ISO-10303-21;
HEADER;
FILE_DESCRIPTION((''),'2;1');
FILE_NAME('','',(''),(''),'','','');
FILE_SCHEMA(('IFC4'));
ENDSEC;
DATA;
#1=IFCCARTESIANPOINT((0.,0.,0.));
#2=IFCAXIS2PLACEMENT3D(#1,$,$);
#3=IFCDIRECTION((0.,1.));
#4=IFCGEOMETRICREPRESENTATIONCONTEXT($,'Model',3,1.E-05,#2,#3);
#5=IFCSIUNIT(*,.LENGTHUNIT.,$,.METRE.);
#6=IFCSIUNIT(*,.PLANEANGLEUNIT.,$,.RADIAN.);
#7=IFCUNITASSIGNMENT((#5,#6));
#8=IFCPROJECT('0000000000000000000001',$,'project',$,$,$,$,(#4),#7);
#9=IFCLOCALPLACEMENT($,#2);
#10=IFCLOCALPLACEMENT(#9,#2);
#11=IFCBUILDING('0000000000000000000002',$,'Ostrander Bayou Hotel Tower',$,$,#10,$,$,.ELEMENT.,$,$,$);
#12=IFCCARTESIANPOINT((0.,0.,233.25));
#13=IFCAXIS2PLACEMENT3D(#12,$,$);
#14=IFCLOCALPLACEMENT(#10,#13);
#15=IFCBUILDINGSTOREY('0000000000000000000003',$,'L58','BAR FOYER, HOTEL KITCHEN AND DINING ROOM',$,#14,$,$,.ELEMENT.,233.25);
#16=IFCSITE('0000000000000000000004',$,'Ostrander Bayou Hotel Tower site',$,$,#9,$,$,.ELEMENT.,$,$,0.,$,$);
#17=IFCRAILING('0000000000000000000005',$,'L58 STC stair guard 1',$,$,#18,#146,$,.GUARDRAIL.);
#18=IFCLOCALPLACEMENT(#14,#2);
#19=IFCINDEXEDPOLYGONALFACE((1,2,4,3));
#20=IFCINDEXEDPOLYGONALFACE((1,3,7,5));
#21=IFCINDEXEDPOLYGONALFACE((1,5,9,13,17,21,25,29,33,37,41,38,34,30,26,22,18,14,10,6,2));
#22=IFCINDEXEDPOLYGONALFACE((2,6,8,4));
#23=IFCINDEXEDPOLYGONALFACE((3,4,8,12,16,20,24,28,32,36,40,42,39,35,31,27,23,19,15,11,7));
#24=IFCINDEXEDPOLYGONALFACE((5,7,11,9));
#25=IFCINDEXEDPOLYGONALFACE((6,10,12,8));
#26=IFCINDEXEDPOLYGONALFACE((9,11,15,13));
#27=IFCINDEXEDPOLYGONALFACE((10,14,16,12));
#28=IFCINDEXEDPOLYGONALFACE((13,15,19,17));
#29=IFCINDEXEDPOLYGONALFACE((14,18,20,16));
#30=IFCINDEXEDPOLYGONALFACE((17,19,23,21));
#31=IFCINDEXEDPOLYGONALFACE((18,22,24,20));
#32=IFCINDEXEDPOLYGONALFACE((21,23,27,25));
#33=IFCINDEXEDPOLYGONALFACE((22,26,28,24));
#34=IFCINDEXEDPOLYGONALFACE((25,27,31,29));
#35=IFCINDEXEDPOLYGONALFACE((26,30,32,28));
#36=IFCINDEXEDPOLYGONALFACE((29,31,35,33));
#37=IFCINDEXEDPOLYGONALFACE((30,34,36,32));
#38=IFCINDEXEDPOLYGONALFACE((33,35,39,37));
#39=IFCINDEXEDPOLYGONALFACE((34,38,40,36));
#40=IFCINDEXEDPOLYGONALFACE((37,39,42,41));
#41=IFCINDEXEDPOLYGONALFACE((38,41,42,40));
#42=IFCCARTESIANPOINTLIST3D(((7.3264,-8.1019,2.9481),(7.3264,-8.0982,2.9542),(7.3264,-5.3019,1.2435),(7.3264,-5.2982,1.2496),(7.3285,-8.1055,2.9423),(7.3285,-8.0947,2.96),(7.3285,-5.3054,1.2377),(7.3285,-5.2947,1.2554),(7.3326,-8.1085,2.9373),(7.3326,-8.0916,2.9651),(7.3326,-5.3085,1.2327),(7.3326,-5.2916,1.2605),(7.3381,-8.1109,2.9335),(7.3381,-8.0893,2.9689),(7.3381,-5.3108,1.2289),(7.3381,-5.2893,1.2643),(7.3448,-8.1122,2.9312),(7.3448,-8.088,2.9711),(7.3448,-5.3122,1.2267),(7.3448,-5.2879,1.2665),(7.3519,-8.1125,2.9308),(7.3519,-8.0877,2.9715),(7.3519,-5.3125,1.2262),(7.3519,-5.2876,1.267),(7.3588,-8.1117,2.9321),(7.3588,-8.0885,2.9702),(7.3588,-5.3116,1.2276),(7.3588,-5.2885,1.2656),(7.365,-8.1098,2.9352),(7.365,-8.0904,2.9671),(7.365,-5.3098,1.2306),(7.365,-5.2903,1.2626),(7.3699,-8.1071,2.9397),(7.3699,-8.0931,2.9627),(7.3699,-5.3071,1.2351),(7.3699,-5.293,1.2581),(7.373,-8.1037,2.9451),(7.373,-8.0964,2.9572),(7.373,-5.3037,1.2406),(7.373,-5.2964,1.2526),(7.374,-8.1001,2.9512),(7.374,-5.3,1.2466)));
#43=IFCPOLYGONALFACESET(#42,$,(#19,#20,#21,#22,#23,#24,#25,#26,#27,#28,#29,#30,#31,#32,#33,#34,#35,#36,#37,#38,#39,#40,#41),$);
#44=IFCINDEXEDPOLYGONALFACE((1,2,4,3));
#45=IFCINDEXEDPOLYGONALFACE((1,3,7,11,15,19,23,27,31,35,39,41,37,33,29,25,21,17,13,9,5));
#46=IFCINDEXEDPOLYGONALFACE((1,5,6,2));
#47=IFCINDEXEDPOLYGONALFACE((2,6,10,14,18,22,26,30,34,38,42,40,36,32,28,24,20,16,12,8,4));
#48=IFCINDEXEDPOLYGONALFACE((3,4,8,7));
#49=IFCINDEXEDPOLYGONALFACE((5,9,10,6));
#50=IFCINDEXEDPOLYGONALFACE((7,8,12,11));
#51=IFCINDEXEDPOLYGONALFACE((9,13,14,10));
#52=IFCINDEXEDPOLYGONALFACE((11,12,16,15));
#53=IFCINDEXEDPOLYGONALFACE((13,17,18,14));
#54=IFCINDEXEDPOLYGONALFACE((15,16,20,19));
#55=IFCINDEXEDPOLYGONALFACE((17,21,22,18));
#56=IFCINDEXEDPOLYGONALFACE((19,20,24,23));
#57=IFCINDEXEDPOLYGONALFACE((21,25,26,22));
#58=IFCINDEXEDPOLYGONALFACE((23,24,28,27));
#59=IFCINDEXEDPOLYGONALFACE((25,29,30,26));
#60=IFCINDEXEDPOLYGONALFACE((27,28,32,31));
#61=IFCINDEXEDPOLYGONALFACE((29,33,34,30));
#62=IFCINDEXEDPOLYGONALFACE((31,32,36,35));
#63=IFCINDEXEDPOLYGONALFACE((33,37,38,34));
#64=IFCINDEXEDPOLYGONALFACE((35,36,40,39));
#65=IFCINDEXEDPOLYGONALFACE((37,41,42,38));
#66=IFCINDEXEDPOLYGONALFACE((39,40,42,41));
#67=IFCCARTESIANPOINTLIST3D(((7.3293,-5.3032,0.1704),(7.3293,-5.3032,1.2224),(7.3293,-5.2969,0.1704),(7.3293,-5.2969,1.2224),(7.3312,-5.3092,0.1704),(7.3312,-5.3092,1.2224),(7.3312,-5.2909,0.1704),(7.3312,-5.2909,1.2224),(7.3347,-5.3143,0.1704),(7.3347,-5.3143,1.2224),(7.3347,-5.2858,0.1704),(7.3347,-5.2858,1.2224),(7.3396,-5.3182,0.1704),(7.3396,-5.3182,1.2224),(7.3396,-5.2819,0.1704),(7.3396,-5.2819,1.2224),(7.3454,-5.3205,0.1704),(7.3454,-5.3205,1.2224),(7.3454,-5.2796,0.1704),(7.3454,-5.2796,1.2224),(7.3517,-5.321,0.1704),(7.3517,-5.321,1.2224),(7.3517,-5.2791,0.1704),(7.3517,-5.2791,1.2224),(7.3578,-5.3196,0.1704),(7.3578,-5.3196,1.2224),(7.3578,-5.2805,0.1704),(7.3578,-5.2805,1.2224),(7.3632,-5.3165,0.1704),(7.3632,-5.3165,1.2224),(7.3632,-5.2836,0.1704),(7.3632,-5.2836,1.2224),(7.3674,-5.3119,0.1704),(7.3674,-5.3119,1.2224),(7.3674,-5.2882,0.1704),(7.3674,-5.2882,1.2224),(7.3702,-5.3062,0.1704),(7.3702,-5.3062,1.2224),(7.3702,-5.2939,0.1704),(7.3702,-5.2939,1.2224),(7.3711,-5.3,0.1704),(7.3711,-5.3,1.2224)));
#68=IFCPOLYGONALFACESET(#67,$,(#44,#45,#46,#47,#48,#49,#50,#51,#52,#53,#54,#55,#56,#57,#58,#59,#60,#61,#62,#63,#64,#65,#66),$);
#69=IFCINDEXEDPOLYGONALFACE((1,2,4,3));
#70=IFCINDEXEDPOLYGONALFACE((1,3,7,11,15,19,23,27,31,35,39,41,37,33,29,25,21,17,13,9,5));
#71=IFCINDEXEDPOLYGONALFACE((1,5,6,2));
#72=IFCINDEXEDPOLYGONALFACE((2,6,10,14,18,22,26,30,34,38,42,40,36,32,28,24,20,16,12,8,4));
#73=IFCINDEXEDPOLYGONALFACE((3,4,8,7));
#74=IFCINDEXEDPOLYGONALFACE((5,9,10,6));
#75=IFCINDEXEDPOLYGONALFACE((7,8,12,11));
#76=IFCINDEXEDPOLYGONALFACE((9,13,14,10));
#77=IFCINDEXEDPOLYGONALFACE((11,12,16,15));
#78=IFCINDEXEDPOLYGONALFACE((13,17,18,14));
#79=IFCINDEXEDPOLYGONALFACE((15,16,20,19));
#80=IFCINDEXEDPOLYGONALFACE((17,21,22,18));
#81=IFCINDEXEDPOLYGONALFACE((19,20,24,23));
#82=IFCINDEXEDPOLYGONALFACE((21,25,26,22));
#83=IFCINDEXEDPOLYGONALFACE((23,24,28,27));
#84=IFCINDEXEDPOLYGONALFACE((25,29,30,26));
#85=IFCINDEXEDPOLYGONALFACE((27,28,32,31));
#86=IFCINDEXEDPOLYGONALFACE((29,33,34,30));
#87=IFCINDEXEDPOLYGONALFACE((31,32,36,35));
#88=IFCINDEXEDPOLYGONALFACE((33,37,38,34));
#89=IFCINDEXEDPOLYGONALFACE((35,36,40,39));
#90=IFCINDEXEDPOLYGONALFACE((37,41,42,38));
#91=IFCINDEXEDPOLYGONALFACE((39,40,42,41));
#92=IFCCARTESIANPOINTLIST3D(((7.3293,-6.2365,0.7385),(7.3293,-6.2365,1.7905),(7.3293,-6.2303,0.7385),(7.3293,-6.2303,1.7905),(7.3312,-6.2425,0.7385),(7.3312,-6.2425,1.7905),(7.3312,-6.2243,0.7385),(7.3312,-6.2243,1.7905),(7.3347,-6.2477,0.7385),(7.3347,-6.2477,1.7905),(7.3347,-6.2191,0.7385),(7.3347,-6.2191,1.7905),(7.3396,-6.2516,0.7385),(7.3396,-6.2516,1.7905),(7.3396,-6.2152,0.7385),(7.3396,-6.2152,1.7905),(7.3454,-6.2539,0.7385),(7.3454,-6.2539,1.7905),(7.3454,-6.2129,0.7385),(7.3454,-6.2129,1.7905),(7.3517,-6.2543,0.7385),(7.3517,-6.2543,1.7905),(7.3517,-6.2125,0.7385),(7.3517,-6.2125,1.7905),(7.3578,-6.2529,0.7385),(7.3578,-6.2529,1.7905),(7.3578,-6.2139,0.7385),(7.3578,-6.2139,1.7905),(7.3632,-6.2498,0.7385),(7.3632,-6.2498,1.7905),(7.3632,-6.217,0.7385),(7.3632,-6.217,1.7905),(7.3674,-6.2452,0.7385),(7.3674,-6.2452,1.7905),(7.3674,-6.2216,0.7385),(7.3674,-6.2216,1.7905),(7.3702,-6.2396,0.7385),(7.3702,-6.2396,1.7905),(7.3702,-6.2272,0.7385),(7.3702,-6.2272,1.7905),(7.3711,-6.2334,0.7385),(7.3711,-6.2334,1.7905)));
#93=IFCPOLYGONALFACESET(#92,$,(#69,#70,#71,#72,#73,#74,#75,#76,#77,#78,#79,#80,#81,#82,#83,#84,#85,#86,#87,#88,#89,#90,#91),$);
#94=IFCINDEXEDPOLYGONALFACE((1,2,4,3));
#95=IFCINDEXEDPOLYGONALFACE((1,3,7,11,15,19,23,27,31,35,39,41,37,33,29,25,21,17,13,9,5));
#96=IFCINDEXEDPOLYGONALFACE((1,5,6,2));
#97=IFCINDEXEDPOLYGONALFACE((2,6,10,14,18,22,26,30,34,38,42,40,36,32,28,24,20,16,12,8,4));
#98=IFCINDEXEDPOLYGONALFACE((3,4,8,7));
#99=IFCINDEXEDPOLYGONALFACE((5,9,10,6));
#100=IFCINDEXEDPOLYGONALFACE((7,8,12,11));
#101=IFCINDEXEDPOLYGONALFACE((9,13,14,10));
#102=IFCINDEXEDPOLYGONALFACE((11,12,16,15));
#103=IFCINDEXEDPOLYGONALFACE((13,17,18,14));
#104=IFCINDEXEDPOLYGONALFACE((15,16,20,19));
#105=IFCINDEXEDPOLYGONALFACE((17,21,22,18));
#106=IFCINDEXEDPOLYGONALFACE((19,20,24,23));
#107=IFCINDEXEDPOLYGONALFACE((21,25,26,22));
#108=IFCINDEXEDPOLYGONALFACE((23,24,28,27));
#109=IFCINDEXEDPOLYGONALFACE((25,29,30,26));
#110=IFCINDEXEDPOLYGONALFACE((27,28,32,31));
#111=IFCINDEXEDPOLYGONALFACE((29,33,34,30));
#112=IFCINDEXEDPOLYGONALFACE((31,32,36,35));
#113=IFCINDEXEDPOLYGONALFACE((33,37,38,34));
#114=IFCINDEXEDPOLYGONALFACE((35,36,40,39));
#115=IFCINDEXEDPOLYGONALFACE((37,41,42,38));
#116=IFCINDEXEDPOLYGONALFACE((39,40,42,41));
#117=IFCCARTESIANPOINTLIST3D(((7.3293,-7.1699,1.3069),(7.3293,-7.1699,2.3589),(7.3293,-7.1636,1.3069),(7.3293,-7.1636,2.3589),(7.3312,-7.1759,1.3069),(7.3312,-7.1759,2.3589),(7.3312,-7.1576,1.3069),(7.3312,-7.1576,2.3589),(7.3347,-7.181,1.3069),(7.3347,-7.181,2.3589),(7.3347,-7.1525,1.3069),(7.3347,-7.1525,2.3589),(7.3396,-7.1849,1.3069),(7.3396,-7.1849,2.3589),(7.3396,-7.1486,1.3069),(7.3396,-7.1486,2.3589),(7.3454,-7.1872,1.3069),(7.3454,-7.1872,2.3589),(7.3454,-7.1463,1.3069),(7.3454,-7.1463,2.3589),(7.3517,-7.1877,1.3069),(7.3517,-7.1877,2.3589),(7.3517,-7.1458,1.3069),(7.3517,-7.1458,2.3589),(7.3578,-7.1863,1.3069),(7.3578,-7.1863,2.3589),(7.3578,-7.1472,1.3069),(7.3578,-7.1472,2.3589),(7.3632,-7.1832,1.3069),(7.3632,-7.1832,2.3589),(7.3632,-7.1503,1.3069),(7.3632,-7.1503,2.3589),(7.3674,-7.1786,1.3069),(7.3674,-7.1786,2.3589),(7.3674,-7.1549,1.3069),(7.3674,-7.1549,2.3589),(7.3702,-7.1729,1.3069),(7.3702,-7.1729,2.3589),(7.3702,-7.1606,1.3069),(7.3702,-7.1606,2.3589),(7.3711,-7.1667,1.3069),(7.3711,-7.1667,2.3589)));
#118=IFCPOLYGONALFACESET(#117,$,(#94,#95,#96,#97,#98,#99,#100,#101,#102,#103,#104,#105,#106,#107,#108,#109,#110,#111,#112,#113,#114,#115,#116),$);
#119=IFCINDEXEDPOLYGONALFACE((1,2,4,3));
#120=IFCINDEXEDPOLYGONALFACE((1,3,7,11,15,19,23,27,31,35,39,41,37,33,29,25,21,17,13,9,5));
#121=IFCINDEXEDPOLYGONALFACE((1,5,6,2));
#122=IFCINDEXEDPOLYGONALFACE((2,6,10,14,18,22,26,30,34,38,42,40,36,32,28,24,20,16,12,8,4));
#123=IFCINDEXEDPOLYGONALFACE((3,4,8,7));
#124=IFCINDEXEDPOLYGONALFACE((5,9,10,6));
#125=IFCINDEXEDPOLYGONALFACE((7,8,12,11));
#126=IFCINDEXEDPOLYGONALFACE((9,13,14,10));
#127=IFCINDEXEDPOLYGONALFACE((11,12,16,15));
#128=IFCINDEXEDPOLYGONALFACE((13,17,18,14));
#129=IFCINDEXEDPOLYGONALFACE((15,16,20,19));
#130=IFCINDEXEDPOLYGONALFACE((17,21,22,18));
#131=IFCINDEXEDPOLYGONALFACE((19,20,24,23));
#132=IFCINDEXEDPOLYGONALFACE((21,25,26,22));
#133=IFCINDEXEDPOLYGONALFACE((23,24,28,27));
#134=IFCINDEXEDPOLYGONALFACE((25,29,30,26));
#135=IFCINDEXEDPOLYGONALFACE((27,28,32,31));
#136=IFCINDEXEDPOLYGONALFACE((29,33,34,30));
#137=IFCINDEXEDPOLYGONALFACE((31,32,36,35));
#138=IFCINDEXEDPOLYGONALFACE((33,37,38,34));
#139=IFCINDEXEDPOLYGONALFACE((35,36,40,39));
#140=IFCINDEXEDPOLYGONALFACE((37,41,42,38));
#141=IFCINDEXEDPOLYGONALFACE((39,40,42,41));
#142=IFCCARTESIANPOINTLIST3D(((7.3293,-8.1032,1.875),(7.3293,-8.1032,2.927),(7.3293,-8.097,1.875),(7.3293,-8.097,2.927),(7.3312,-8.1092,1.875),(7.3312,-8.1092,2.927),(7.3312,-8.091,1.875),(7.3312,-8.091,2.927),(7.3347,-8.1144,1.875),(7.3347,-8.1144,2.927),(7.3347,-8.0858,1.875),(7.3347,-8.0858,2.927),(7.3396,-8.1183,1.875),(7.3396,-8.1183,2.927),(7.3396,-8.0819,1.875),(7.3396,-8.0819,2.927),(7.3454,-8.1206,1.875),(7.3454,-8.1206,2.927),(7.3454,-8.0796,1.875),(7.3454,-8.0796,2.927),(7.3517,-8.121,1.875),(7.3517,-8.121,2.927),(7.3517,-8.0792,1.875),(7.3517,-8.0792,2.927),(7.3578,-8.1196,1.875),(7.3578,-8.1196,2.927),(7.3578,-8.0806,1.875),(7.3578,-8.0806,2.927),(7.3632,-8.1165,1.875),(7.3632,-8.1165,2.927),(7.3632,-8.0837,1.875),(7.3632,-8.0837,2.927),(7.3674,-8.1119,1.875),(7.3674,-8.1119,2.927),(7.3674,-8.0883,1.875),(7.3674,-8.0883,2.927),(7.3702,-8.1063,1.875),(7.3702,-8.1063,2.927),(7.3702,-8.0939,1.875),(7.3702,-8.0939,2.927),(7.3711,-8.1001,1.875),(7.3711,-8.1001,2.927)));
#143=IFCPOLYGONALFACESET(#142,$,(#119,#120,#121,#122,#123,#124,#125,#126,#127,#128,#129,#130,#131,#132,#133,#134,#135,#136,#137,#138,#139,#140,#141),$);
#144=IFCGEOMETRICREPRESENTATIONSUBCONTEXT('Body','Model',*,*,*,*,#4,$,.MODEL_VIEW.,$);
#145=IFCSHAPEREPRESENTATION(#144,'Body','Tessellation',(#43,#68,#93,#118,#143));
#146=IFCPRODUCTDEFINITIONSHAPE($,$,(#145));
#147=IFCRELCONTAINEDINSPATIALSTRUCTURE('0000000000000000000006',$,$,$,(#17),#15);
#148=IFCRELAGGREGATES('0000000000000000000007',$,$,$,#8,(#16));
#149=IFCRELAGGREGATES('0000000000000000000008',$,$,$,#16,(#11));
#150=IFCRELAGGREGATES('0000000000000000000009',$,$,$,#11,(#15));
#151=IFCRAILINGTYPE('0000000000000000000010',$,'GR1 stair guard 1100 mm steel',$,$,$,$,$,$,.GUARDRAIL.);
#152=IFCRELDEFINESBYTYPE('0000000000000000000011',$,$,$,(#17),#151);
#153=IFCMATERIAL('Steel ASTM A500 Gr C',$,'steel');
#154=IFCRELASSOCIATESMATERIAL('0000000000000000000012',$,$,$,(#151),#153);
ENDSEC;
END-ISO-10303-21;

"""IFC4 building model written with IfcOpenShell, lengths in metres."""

from ifc_helpers import new_model, si_unit, direction, frame, origin, origin_2d, place, context, subcontext, project, spatial, circle, extrude, material, type_object, element, save


model = new_model("IFC4")

# Units and contexts
model_context = context("Model", 3, precision=1e-05, world=origin(), true_north=direction((0.0, 1.0)))
body_context = subcontext(model_context, "Body", "Model", "MODEL_VIEW")
ifc_project = project(units=[si_unit("LENGTHUNIT", "METRE"), si_unit("PLANEANGLEUNIT", "RADIAN")], contexts=[model_context])

# Site, building, storey
site_placement = place(None, origin())
site = spatial("IfcSite", under=ifc_project, at=site_placement, Name="Ostrander Bayou Hotel Tower site", CompositionType="ELEMENT", RefElevation=0.0)
building_placement = place(site_placement, origin())
building = spatial("IfcBuilding", under=site, at=building_placement, Name="Ostrander Bayou Hotel Tower", CompositionType="ELEMENT")
storey_placement = place(building_placement, frame((0.0, 0.0, 233.25)))
storey = spatial("IfcBuildingStorey", under=building, at=storey_placement, Name="L58", Description="BAR FOYER, HOTEL KITCHEN AND DINING ROOM", CompositionType="ELEMENT", Elevation=233.25)

# Railing
ifc_material_1 = material(Name="Steel ASTM A500 Gr C", Category="steel")
railing_type_1 = type_object("IfcRailingType", Name="GR1 stair guard 1100 mm steel", PredefinedType="GUARDRAIL", material=ifc_material_1)
railing_1_placement = place(storey_placement, frame((7.3501, -5.3, 0.1704)))
element("IfcRailing", 1, at=railing_1_placement, inside=storey, type_object=railing_type_1, Name="L58 STC stair guard 1", PredefinedType="GUARDRAIL", context=body_context, shape_type="SweptSolid", body=[
    extrude(circle(Radius=0.0239, at=origin_2d()), frame((0.0, 0.0, 1.0762), z_axis=(0.0, -0.85417, 0.519994), x_axis=(1.0, 0.0, 0.0)), (0.0, 0.0, 1.0), 3.2781),
    extrude(circle(Radius=0.021, at=origin_2d()), origin(), (0.0, 0.0, 1.0), 1.052),
    extrude(circle(Radius=0.021, at=origin_2d()), frame((0.0, -0.9333, 0.5681)), (0.0, 0.0, 1.0), 1.052),
    extrude(circle(Radius=0.021, at=origin_2d()), frame((0.0, -1.8667, 1.1365)), (0.0, 0.0, 1.0), 1.052),
    extrude(circle(Radius=0.021, at=origin_2d()), frame((0.0, -2.8, 1.7046)), (0.0, 0.0, 1.0), 1.052),
])

save(model, "model.ifc")
